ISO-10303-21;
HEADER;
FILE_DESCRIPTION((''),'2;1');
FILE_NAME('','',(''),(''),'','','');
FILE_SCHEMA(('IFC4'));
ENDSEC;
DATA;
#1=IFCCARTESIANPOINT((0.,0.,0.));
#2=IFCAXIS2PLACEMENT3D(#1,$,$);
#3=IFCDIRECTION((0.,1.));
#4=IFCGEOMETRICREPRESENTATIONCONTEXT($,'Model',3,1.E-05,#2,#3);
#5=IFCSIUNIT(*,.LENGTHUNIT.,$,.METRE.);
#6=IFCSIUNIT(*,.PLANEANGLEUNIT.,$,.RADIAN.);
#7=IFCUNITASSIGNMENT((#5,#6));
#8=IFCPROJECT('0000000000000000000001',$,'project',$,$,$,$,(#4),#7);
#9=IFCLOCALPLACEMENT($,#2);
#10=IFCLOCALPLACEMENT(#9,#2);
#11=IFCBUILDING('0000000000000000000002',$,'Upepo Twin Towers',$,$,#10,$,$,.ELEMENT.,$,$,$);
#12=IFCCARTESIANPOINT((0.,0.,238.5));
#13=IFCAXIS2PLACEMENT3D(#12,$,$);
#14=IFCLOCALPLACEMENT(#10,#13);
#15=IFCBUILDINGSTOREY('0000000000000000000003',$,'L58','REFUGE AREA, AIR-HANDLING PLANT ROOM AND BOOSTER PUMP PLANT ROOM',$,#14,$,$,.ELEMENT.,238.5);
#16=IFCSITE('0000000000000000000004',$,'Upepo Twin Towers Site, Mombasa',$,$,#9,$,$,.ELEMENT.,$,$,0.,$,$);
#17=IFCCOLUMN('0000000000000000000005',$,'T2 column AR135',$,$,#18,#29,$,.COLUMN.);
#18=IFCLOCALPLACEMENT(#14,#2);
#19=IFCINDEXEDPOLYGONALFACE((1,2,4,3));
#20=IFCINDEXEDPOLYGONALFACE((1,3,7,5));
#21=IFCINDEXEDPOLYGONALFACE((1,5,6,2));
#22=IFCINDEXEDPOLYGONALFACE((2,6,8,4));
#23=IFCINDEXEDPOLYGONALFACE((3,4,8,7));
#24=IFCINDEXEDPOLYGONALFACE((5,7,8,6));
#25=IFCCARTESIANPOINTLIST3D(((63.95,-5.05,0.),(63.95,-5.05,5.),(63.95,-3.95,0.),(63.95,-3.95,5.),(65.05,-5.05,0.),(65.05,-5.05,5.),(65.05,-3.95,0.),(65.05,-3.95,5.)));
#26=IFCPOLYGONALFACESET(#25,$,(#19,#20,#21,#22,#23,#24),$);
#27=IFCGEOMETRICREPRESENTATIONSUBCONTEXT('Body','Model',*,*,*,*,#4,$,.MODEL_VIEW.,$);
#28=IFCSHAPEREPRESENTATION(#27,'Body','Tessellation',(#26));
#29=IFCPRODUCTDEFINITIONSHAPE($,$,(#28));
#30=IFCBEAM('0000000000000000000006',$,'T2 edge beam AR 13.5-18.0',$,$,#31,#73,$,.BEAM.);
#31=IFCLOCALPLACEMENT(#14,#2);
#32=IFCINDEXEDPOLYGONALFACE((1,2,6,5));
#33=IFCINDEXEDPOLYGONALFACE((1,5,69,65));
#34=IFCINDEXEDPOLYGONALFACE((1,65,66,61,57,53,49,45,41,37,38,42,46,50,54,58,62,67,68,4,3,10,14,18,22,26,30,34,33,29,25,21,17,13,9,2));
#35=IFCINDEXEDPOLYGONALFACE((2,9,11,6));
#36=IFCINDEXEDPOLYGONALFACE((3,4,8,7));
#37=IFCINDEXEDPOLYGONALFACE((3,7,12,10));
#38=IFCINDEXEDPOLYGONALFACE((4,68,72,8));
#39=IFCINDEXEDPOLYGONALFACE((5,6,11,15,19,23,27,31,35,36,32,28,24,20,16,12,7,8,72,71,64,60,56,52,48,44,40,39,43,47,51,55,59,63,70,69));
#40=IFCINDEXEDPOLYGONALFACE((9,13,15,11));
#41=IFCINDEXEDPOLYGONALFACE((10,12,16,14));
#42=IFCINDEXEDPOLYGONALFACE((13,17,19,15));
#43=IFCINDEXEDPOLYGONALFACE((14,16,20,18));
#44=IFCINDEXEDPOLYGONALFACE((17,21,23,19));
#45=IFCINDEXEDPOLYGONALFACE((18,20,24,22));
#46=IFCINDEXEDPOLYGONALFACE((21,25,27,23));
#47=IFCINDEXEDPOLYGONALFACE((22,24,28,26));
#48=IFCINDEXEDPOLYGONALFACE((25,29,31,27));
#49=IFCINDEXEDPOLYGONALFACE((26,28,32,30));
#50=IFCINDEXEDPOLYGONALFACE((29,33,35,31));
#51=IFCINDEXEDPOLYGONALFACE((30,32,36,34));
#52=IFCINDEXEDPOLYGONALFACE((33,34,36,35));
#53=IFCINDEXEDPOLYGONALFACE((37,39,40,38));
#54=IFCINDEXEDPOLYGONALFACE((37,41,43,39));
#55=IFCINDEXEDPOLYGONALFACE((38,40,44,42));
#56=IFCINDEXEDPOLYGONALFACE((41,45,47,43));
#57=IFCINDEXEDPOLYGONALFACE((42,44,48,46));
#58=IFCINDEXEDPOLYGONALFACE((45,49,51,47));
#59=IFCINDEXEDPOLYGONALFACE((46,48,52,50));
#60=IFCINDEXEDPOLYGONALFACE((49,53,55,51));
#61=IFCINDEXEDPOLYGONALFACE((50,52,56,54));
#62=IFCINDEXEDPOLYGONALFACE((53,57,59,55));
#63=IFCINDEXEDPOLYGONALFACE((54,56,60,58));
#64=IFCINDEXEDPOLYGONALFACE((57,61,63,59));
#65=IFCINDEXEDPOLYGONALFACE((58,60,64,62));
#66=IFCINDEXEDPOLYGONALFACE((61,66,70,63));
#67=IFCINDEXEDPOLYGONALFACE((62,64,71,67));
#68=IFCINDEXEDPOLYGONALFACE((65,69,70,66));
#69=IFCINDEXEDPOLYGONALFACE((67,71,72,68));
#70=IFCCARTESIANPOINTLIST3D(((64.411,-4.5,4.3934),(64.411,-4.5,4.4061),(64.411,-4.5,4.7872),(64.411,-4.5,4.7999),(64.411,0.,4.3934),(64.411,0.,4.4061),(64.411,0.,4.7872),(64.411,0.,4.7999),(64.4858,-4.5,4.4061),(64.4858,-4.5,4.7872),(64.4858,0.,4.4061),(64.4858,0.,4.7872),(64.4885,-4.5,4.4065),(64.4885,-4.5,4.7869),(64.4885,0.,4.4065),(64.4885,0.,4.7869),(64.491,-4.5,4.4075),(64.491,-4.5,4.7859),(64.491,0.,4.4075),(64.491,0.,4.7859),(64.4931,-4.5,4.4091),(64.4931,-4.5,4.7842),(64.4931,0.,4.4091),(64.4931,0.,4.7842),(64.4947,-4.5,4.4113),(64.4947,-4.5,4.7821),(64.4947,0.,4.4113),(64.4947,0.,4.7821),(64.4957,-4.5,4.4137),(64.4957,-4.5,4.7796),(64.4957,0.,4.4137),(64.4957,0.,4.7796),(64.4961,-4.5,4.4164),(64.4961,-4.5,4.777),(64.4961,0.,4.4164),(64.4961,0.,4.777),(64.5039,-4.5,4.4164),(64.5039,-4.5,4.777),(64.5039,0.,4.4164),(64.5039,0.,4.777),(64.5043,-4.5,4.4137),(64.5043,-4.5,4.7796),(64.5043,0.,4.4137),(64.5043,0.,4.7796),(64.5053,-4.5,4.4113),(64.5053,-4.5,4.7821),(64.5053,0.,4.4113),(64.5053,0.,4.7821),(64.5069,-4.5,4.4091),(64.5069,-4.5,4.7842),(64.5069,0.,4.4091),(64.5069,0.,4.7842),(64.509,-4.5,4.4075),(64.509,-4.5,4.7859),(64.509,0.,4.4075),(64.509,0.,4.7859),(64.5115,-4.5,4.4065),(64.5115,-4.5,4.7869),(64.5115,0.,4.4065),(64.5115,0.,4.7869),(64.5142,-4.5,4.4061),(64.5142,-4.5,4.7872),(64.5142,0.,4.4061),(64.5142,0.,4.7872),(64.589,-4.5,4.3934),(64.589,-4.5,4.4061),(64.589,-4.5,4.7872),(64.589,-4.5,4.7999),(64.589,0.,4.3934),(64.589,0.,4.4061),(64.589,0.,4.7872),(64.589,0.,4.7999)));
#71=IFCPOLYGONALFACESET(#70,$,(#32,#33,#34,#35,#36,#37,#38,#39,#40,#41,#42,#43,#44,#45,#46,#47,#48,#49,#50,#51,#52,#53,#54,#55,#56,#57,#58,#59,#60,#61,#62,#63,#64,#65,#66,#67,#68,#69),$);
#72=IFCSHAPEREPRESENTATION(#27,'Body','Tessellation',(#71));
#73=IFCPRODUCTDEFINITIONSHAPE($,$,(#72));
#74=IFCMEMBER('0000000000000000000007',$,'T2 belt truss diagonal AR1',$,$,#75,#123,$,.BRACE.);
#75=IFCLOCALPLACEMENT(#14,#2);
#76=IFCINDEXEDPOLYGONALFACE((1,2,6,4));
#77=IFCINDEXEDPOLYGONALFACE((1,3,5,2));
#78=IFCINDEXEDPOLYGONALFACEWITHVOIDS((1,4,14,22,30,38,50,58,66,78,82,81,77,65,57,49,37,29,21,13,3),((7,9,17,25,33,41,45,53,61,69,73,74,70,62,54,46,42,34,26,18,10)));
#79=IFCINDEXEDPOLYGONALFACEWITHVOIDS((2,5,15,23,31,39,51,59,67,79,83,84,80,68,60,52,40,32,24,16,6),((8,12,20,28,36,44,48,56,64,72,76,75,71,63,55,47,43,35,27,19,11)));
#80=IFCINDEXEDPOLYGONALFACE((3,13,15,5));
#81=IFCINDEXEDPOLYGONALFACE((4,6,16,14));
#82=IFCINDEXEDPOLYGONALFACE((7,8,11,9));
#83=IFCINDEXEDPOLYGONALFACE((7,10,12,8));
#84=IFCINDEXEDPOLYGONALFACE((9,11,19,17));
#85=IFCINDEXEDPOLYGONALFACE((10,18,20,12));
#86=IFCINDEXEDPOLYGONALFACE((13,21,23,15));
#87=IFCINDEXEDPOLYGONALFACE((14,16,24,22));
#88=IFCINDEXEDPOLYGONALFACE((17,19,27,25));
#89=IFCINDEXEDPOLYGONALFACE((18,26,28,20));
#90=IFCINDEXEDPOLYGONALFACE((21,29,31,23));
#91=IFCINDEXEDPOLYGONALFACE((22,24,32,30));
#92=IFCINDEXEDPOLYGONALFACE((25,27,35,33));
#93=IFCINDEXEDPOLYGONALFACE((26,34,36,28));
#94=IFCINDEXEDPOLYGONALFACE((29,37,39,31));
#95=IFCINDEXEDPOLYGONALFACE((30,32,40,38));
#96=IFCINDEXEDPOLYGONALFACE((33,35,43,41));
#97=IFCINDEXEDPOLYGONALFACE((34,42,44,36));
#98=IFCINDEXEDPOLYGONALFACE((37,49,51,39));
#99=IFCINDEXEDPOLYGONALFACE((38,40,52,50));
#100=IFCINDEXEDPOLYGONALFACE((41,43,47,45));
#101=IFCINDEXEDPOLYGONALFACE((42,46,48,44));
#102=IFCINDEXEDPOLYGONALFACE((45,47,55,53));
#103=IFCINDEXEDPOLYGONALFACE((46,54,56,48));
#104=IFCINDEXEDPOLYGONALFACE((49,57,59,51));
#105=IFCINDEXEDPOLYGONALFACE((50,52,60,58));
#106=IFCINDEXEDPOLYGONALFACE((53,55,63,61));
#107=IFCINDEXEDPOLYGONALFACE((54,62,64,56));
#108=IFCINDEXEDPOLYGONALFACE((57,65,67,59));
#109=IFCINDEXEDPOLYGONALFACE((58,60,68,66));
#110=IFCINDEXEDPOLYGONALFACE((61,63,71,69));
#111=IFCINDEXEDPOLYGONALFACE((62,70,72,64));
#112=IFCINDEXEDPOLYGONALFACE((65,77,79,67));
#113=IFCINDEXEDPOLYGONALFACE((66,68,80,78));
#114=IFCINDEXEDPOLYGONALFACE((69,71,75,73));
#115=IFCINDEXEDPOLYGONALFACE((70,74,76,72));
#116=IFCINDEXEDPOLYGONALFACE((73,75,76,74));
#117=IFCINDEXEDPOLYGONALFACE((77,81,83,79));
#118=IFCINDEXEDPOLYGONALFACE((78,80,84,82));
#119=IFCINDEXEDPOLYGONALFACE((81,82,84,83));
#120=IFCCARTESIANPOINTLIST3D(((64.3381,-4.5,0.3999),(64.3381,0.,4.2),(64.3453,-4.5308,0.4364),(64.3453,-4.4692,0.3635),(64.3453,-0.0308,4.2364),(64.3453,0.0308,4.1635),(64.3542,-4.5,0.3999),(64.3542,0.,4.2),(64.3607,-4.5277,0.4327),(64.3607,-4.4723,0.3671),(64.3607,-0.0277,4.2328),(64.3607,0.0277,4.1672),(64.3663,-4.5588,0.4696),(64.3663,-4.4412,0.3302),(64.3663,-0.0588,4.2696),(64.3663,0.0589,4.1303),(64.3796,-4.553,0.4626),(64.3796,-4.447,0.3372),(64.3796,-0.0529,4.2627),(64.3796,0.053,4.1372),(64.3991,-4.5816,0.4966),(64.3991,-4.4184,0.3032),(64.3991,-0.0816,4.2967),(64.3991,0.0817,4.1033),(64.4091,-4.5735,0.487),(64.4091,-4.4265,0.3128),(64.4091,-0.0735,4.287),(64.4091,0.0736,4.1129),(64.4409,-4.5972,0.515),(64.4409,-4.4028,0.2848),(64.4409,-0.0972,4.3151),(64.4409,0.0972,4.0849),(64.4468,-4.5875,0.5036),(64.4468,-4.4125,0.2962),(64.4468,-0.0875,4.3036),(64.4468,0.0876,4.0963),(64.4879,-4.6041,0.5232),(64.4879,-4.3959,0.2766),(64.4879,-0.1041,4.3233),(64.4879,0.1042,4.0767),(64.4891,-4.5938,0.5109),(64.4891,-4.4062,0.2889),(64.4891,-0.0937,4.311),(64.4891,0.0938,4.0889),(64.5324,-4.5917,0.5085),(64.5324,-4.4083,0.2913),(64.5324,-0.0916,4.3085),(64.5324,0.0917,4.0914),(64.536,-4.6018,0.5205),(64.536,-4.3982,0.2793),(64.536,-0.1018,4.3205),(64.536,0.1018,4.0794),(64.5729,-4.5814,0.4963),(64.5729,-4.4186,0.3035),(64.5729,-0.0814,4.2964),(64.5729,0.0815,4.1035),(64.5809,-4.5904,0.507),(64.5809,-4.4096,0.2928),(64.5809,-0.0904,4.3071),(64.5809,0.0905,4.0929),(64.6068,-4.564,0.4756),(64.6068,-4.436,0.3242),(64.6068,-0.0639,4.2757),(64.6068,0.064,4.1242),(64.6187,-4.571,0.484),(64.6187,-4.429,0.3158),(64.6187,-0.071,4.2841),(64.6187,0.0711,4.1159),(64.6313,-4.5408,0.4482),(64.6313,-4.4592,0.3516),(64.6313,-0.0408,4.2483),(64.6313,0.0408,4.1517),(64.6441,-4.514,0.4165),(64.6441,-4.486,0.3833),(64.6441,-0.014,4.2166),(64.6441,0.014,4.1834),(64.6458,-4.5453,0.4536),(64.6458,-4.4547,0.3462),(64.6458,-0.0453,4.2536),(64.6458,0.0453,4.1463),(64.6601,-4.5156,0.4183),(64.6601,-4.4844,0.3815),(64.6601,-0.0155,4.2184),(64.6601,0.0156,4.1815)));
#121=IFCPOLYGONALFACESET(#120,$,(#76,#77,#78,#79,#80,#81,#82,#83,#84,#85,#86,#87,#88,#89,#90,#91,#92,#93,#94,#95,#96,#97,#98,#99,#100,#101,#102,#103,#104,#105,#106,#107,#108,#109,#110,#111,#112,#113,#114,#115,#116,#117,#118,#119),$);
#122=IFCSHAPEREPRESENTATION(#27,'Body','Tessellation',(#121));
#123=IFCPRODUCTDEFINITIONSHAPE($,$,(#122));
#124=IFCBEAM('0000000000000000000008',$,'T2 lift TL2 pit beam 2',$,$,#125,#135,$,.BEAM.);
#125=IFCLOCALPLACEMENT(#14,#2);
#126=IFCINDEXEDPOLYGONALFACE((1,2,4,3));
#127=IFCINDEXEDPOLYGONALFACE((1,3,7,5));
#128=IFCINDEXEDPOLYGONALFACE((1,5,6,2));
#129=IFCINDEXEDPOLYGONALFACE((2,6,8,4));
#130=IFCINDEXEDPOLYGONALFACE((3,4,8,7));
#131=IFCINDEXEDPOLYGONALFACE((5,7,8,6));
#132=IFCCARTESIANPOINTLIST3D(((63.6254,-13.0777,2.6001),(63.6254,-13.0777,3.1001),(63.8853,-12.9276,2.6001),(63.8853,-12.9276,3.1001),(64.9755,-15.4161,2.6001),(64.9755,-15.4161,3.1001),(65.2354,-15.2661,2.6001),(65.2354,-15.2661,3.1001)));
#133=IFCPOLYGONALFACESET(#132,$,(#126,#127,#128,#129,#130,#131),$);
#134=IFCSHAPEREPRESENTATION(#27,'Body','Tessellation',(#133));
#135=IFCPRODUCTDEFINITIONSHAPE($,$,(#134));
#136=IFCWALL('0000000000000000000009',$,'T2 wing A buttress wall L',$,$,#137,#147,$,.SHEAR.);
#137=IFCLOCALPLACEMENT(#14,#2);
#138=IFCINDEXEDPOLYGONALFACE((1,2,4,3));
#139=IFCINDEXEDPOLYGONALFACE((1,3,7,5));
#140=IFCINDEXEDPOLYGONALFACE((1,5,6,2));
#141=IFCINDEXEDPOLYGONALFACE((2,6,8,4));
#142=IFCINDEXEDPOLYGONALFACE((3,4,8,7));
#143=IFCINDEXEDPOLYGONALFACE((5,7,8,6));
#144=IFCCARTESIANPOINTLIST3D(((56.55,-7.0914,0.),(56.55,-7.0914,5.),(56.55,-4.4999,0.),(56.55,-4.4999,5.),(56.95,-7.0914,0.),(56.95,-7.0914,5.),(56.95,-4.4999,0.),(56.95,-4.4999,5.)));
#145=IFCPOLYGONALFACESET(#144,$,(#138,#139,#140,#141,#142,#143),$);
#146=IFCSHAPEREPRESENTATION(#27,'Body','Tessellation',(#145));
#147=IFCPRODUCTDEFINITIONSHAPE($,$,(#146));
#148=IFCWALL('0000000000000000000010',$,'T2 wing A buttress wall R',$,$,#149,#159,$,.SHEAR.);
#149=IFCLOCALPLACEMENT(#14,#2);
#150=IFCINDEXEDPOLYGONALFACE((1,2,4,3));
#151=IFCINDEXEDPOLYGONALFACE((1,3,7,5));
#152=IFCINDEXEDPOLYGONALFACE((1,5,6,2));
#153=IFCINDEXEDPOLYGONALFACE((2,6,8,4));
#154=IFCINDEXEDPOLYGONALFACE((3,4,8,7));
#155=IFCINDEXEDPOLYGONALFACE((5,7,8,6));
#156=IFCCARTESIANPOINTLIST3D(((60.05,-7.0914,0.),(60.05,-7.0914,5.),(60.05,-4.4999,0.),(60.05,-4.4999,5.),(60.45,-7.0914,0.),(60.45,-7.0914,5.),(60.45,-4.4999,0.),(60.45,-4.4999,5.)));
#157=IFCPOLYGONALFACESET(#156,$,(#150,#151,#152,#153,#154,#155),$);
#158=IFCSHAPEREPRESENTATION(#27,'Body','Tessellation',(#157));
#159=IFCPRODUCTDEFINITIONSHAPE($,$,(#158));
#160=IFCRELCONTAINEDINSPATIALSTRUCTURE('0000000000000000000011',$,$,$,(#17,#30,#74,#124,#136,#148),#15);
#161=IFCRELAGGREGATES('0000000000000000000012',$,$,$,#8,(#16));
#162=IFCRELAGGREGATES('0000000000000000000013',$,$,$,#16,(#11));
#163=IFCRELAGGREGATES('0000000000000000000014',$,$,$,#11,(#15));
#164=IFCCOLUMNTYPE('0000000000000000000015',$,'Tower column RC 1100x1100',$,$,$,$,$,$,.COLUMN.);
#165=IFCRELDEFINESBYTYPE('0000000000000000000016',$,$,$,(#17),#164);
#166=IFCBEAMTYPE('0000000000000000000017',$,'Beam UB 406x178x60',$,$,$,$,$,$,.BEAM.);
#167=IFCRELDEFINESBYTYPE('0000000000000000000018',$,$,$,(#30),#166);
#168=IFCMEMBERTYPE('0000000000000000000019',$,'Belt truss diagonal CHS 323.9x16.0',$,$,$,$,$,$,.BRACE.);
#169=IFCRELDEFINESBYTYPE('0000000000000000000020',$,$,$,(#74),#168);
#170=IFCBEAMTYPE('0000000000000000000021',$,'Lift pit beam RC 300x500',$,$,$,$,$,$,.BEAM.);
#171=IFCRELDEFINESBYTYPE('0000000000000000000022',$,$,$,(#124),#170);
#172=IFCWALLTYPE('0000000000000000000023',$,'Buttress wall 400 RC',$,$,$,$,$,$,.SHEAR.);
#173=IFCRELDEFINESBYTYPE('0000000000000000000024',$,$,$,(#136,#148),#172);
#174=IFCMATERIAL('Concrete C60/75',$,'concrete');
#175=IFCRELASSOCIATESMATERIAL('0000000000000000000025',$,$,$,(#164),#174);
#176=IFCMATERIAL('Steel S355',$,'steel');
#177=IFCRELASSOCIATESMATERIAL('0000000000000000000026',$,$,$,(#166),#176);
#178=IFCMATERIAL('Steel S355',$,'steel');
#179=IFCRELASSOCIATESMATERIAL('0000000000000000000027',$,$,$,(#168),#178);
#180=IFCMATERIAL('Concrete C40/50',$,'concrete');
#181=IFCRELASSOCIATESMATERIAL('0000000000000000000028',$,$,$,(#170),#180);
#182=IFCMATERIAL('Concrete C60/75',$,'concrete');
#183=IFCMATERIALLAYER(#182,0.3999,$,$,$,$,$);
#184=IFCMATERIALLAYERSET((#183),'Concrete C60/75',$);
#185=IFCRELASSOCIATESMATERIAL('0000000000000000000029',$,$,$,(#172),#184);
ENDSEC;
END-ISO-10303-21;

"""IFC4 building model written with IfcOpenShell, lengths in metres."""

from ifc_helpers import new_model, si_unit, direction, frame, frame_2d, origin, origin_2d, place, context, subcontext, project, spatial, rectangle, hollow_circle, i_section, extrude, material, layer, layer_set, material_profile, profile_set, type_object, element, save


model = new_model("IFC4")

# Units and contexts
model_context = context("Model", 3, precision=1e-05, world=origin(), true_north=direction((0.0, 1.0)))
body_context = subcontext(model_context, "Body", "Model", "MODEL_VIEW")
ifc_project = project(units=[si_unit("LENGTHUNIT", "METRE"), si_unit("PLANEANGLEUNIT", "RADIAN")], contexts=[model_context])

# Site, building, storey
site_placement = place(None, origin())
site = spatial("IfcSite", under=ifc_project, at=site_placement, Name="Upepo Twin Towers Site, Mombasa", CompositionType="ELEMENT", RefElevation=0.0)
building_placement = place(site_placement, origin())
building = spatial("IfcBuilding", under=site, at=building_placement, Name="Upepo Twin Towers", CompositionType="ELEMENT")
storey_placement = place(building_placement, frame((0.0, 0.0, 238.5)))
storey = spatial("IfcBuildingStorey", under=building, at=storey_placement, Name="L58", Description="REFUGE AREA, AIR-HANDLING PLANT ROOM AND BOOSTER PUMP PLANT ROOM", CompositionType="ELEMENT", Elevation=238.5)

# Column
ifc_material_1 = material(Name="Concrete C60/75", Category="concrete")
ifc_material_profile_1 = material_profile(ifc_material_1, rectangle(XDim=1.1001, YDim=1.1001, at=origin_2d()), Name="RC 1100x1100")
ifc_profile_set_1 = profile_set([ifc_material_profile_1], Name="Concrete C60/75")
column_type = type_object("IfcColumnType", Name="Tower column RC 1100x1100", PredefinedType="COLUMN", material=ifc_profile_set_1)
column_placement = place(storey_placement, frame((64.5, -4.5, 0.0), z_axis=(0.0, 0.0, 1.0), x_axis=(1.0, 0.0, 0.0)))
element("IfcColumn", 1, at=column_placement, inside=storey, type_object=column_type, Name="T2 column AR135", PredefinedType="COLUMN", context=body_context, shape_type="SweptSolid", body=[
    extrude(rectangle(XDim=1.1001, YDim=1.1001, at=origin_2d()), origin(), (0.0, 0.0, 1.0), 5.0),
])

# Beam
ifc_material_2 = material(Name="Steel S355", Category="steel")
ifc_material_profile_2 = material_profile(ifc_material_2, i_section(OverallWidth=0.178, OverallDepth=0.4065, WebThickness=0.0078, FlangeThickness=0.0127, FilletRadius=0.0103, at=origin_2d()), Name="UB 406x178x60")
ifc_profile_set_2 = profile_set([ifc_material_profile_2], Name="Steel S355")
beam_type_1 = type_object("IfcBeamType", Name="Beam UB 406x178x60", PredefinedType="BEAM", material=ifc_profile_set_2)
beam_1_placement = place(storey_placement, frame((64.5, -4.5, 4.5967), z_axis=(0.0, 1.0, 0.0), x_axis=(-1.0, 0.0, 0.0)))
element("IfcBeam", 2, at=beam_1_placement, inside=storey, type_object=beam_type_1, Name="T2 edge beam AR 13.5-18.0", PredefinedType="BEAM", context=body_context, shape_type="SweptSolid", body=[
    extrude(i_section(OverallWidth=0.178, OverallDepth=0.4065, WebThickness=0.0078, FlangeThickness=0.0127, FilletRadius=0.0103, at=origin_2d()), origin(), (0.0, 0.0, 1.0), 4.5),
])

# Member
ifc_material_3 = material(Name="Steel S355", Category="steel")
ifc_material_profile_3 = material_profile(ifc_material_3, hollow_circle(Radius=0.1619, WallThickness=0.0161, at=origin_2d()), Name="CHS 323.9x16.0")
ifc_profile_set_3 = profile_set([ifc_material_profile_3], Name="Steel S355")
member_type = type_object("IfcMemberType", Name="Belt truss diagonal CHS 323.9x16.0", PredefinedType="BRACE", material=ifc_profile_set_3)
member_placement = place(storey_placement, frame((64.5, -4.5, 0.3999), z_axis=(0.0, 0.764026, 0.645186), x_axis=(-1.0, 0.0, 0.0)))
element("IfcMember", 3, at=member_placement, inside=storey, type_object=member_type, Name="T2 belt truss diagonal AR1", PredefinedType="BRACE", context=body_context, shape_type="SweptSolid", body=[
    extrude(hollow_circle(Radius=0.1619, WallThickness=0.0161, at=origin_2d()), origin(), (0.0, 0.0, 1.0), 5.8899),
])

# Beam
ifc_material_4 = material(Name="Concrete C40/50", Category="concrete")
ifc_material_profile_4 = material_profile(ifc_material_4, rectangle(XDim=0.3, YDim=0.5, at=origin_2d()), Name="RC 300x500")
ifc_profile_set_4 = profile_set([ifc_material_profile_4], Name="Concrete C40/50")
beam_type_2 = type_object("IfcBeamType", Name="Lift pit beam RC 300x500", PredefinedType="BEAM", material=ifc_profile_set_4)
beam_2_placement = place(storey_placement, frame((65.1055, -15.3411, 2.8501), z_axis=(-0.500009, 0.86602, 0.0), x_axis=(-0.86602, -0.500009, 0.0)))
element("IfcBeam", 4, at=beam_2_placement, inside=storey, type_object=beam_type_2, Name="T2 lift TL2 pit beam 2", PredefinedType="BEAM", context=body_context, shape_type="SweptSolid", body=[
    extrude(rectangle(XDim=0.3, YDim=0.5, at=origin_2d()), origin(), (0.0, 0.0, 1.0), 2.7002),
])

# Walls
ifc_material_5 = material(Name="Concrete C60/75", Category="concrete")
ifc_layer_1 = layer(ifc_material_5, 0.3999)
ifc_layer_set_1 = layer_set([ifc_layer_1], Name="Concrete C60/75")
wall_type_1 = type_object("IfcWallType", Name="Buttress wall 400 RC", PredefinedType="SHEAR", material=ifc_layer_set_1)
for number, where, z_axis, x_axis, name in (
    (5, (56.75, -7.0916, 0.0), (0.0, 0.0, 1.0), (0.0, 1.0, 0.0), "T2 wing A buttress wall L"),
    (6, (60.25, -7.0916, 0.0), (0.0, 0.0, 1.0), (0.0, 1.0, 0.0), "T2 wing A buttress wall R"),
):
    element("IfcWall", number, at=place(storey_placement, frame(where, z_axis=z_axis, x_axis=x_axis)), inside=storey, type_object=wall_type_1, Name=name, PredefinedType="SHEAR", context=body_context, shape_type="SweptSolid", body=[
        extrude(rectangle(XDim=2.5916, YDim=0.3999, at=frame_2d((1.2959, 0.0))), origin(), (0.0, 0.0, 1.0), 5.0),
    ])

save(model, "model.ifc")
